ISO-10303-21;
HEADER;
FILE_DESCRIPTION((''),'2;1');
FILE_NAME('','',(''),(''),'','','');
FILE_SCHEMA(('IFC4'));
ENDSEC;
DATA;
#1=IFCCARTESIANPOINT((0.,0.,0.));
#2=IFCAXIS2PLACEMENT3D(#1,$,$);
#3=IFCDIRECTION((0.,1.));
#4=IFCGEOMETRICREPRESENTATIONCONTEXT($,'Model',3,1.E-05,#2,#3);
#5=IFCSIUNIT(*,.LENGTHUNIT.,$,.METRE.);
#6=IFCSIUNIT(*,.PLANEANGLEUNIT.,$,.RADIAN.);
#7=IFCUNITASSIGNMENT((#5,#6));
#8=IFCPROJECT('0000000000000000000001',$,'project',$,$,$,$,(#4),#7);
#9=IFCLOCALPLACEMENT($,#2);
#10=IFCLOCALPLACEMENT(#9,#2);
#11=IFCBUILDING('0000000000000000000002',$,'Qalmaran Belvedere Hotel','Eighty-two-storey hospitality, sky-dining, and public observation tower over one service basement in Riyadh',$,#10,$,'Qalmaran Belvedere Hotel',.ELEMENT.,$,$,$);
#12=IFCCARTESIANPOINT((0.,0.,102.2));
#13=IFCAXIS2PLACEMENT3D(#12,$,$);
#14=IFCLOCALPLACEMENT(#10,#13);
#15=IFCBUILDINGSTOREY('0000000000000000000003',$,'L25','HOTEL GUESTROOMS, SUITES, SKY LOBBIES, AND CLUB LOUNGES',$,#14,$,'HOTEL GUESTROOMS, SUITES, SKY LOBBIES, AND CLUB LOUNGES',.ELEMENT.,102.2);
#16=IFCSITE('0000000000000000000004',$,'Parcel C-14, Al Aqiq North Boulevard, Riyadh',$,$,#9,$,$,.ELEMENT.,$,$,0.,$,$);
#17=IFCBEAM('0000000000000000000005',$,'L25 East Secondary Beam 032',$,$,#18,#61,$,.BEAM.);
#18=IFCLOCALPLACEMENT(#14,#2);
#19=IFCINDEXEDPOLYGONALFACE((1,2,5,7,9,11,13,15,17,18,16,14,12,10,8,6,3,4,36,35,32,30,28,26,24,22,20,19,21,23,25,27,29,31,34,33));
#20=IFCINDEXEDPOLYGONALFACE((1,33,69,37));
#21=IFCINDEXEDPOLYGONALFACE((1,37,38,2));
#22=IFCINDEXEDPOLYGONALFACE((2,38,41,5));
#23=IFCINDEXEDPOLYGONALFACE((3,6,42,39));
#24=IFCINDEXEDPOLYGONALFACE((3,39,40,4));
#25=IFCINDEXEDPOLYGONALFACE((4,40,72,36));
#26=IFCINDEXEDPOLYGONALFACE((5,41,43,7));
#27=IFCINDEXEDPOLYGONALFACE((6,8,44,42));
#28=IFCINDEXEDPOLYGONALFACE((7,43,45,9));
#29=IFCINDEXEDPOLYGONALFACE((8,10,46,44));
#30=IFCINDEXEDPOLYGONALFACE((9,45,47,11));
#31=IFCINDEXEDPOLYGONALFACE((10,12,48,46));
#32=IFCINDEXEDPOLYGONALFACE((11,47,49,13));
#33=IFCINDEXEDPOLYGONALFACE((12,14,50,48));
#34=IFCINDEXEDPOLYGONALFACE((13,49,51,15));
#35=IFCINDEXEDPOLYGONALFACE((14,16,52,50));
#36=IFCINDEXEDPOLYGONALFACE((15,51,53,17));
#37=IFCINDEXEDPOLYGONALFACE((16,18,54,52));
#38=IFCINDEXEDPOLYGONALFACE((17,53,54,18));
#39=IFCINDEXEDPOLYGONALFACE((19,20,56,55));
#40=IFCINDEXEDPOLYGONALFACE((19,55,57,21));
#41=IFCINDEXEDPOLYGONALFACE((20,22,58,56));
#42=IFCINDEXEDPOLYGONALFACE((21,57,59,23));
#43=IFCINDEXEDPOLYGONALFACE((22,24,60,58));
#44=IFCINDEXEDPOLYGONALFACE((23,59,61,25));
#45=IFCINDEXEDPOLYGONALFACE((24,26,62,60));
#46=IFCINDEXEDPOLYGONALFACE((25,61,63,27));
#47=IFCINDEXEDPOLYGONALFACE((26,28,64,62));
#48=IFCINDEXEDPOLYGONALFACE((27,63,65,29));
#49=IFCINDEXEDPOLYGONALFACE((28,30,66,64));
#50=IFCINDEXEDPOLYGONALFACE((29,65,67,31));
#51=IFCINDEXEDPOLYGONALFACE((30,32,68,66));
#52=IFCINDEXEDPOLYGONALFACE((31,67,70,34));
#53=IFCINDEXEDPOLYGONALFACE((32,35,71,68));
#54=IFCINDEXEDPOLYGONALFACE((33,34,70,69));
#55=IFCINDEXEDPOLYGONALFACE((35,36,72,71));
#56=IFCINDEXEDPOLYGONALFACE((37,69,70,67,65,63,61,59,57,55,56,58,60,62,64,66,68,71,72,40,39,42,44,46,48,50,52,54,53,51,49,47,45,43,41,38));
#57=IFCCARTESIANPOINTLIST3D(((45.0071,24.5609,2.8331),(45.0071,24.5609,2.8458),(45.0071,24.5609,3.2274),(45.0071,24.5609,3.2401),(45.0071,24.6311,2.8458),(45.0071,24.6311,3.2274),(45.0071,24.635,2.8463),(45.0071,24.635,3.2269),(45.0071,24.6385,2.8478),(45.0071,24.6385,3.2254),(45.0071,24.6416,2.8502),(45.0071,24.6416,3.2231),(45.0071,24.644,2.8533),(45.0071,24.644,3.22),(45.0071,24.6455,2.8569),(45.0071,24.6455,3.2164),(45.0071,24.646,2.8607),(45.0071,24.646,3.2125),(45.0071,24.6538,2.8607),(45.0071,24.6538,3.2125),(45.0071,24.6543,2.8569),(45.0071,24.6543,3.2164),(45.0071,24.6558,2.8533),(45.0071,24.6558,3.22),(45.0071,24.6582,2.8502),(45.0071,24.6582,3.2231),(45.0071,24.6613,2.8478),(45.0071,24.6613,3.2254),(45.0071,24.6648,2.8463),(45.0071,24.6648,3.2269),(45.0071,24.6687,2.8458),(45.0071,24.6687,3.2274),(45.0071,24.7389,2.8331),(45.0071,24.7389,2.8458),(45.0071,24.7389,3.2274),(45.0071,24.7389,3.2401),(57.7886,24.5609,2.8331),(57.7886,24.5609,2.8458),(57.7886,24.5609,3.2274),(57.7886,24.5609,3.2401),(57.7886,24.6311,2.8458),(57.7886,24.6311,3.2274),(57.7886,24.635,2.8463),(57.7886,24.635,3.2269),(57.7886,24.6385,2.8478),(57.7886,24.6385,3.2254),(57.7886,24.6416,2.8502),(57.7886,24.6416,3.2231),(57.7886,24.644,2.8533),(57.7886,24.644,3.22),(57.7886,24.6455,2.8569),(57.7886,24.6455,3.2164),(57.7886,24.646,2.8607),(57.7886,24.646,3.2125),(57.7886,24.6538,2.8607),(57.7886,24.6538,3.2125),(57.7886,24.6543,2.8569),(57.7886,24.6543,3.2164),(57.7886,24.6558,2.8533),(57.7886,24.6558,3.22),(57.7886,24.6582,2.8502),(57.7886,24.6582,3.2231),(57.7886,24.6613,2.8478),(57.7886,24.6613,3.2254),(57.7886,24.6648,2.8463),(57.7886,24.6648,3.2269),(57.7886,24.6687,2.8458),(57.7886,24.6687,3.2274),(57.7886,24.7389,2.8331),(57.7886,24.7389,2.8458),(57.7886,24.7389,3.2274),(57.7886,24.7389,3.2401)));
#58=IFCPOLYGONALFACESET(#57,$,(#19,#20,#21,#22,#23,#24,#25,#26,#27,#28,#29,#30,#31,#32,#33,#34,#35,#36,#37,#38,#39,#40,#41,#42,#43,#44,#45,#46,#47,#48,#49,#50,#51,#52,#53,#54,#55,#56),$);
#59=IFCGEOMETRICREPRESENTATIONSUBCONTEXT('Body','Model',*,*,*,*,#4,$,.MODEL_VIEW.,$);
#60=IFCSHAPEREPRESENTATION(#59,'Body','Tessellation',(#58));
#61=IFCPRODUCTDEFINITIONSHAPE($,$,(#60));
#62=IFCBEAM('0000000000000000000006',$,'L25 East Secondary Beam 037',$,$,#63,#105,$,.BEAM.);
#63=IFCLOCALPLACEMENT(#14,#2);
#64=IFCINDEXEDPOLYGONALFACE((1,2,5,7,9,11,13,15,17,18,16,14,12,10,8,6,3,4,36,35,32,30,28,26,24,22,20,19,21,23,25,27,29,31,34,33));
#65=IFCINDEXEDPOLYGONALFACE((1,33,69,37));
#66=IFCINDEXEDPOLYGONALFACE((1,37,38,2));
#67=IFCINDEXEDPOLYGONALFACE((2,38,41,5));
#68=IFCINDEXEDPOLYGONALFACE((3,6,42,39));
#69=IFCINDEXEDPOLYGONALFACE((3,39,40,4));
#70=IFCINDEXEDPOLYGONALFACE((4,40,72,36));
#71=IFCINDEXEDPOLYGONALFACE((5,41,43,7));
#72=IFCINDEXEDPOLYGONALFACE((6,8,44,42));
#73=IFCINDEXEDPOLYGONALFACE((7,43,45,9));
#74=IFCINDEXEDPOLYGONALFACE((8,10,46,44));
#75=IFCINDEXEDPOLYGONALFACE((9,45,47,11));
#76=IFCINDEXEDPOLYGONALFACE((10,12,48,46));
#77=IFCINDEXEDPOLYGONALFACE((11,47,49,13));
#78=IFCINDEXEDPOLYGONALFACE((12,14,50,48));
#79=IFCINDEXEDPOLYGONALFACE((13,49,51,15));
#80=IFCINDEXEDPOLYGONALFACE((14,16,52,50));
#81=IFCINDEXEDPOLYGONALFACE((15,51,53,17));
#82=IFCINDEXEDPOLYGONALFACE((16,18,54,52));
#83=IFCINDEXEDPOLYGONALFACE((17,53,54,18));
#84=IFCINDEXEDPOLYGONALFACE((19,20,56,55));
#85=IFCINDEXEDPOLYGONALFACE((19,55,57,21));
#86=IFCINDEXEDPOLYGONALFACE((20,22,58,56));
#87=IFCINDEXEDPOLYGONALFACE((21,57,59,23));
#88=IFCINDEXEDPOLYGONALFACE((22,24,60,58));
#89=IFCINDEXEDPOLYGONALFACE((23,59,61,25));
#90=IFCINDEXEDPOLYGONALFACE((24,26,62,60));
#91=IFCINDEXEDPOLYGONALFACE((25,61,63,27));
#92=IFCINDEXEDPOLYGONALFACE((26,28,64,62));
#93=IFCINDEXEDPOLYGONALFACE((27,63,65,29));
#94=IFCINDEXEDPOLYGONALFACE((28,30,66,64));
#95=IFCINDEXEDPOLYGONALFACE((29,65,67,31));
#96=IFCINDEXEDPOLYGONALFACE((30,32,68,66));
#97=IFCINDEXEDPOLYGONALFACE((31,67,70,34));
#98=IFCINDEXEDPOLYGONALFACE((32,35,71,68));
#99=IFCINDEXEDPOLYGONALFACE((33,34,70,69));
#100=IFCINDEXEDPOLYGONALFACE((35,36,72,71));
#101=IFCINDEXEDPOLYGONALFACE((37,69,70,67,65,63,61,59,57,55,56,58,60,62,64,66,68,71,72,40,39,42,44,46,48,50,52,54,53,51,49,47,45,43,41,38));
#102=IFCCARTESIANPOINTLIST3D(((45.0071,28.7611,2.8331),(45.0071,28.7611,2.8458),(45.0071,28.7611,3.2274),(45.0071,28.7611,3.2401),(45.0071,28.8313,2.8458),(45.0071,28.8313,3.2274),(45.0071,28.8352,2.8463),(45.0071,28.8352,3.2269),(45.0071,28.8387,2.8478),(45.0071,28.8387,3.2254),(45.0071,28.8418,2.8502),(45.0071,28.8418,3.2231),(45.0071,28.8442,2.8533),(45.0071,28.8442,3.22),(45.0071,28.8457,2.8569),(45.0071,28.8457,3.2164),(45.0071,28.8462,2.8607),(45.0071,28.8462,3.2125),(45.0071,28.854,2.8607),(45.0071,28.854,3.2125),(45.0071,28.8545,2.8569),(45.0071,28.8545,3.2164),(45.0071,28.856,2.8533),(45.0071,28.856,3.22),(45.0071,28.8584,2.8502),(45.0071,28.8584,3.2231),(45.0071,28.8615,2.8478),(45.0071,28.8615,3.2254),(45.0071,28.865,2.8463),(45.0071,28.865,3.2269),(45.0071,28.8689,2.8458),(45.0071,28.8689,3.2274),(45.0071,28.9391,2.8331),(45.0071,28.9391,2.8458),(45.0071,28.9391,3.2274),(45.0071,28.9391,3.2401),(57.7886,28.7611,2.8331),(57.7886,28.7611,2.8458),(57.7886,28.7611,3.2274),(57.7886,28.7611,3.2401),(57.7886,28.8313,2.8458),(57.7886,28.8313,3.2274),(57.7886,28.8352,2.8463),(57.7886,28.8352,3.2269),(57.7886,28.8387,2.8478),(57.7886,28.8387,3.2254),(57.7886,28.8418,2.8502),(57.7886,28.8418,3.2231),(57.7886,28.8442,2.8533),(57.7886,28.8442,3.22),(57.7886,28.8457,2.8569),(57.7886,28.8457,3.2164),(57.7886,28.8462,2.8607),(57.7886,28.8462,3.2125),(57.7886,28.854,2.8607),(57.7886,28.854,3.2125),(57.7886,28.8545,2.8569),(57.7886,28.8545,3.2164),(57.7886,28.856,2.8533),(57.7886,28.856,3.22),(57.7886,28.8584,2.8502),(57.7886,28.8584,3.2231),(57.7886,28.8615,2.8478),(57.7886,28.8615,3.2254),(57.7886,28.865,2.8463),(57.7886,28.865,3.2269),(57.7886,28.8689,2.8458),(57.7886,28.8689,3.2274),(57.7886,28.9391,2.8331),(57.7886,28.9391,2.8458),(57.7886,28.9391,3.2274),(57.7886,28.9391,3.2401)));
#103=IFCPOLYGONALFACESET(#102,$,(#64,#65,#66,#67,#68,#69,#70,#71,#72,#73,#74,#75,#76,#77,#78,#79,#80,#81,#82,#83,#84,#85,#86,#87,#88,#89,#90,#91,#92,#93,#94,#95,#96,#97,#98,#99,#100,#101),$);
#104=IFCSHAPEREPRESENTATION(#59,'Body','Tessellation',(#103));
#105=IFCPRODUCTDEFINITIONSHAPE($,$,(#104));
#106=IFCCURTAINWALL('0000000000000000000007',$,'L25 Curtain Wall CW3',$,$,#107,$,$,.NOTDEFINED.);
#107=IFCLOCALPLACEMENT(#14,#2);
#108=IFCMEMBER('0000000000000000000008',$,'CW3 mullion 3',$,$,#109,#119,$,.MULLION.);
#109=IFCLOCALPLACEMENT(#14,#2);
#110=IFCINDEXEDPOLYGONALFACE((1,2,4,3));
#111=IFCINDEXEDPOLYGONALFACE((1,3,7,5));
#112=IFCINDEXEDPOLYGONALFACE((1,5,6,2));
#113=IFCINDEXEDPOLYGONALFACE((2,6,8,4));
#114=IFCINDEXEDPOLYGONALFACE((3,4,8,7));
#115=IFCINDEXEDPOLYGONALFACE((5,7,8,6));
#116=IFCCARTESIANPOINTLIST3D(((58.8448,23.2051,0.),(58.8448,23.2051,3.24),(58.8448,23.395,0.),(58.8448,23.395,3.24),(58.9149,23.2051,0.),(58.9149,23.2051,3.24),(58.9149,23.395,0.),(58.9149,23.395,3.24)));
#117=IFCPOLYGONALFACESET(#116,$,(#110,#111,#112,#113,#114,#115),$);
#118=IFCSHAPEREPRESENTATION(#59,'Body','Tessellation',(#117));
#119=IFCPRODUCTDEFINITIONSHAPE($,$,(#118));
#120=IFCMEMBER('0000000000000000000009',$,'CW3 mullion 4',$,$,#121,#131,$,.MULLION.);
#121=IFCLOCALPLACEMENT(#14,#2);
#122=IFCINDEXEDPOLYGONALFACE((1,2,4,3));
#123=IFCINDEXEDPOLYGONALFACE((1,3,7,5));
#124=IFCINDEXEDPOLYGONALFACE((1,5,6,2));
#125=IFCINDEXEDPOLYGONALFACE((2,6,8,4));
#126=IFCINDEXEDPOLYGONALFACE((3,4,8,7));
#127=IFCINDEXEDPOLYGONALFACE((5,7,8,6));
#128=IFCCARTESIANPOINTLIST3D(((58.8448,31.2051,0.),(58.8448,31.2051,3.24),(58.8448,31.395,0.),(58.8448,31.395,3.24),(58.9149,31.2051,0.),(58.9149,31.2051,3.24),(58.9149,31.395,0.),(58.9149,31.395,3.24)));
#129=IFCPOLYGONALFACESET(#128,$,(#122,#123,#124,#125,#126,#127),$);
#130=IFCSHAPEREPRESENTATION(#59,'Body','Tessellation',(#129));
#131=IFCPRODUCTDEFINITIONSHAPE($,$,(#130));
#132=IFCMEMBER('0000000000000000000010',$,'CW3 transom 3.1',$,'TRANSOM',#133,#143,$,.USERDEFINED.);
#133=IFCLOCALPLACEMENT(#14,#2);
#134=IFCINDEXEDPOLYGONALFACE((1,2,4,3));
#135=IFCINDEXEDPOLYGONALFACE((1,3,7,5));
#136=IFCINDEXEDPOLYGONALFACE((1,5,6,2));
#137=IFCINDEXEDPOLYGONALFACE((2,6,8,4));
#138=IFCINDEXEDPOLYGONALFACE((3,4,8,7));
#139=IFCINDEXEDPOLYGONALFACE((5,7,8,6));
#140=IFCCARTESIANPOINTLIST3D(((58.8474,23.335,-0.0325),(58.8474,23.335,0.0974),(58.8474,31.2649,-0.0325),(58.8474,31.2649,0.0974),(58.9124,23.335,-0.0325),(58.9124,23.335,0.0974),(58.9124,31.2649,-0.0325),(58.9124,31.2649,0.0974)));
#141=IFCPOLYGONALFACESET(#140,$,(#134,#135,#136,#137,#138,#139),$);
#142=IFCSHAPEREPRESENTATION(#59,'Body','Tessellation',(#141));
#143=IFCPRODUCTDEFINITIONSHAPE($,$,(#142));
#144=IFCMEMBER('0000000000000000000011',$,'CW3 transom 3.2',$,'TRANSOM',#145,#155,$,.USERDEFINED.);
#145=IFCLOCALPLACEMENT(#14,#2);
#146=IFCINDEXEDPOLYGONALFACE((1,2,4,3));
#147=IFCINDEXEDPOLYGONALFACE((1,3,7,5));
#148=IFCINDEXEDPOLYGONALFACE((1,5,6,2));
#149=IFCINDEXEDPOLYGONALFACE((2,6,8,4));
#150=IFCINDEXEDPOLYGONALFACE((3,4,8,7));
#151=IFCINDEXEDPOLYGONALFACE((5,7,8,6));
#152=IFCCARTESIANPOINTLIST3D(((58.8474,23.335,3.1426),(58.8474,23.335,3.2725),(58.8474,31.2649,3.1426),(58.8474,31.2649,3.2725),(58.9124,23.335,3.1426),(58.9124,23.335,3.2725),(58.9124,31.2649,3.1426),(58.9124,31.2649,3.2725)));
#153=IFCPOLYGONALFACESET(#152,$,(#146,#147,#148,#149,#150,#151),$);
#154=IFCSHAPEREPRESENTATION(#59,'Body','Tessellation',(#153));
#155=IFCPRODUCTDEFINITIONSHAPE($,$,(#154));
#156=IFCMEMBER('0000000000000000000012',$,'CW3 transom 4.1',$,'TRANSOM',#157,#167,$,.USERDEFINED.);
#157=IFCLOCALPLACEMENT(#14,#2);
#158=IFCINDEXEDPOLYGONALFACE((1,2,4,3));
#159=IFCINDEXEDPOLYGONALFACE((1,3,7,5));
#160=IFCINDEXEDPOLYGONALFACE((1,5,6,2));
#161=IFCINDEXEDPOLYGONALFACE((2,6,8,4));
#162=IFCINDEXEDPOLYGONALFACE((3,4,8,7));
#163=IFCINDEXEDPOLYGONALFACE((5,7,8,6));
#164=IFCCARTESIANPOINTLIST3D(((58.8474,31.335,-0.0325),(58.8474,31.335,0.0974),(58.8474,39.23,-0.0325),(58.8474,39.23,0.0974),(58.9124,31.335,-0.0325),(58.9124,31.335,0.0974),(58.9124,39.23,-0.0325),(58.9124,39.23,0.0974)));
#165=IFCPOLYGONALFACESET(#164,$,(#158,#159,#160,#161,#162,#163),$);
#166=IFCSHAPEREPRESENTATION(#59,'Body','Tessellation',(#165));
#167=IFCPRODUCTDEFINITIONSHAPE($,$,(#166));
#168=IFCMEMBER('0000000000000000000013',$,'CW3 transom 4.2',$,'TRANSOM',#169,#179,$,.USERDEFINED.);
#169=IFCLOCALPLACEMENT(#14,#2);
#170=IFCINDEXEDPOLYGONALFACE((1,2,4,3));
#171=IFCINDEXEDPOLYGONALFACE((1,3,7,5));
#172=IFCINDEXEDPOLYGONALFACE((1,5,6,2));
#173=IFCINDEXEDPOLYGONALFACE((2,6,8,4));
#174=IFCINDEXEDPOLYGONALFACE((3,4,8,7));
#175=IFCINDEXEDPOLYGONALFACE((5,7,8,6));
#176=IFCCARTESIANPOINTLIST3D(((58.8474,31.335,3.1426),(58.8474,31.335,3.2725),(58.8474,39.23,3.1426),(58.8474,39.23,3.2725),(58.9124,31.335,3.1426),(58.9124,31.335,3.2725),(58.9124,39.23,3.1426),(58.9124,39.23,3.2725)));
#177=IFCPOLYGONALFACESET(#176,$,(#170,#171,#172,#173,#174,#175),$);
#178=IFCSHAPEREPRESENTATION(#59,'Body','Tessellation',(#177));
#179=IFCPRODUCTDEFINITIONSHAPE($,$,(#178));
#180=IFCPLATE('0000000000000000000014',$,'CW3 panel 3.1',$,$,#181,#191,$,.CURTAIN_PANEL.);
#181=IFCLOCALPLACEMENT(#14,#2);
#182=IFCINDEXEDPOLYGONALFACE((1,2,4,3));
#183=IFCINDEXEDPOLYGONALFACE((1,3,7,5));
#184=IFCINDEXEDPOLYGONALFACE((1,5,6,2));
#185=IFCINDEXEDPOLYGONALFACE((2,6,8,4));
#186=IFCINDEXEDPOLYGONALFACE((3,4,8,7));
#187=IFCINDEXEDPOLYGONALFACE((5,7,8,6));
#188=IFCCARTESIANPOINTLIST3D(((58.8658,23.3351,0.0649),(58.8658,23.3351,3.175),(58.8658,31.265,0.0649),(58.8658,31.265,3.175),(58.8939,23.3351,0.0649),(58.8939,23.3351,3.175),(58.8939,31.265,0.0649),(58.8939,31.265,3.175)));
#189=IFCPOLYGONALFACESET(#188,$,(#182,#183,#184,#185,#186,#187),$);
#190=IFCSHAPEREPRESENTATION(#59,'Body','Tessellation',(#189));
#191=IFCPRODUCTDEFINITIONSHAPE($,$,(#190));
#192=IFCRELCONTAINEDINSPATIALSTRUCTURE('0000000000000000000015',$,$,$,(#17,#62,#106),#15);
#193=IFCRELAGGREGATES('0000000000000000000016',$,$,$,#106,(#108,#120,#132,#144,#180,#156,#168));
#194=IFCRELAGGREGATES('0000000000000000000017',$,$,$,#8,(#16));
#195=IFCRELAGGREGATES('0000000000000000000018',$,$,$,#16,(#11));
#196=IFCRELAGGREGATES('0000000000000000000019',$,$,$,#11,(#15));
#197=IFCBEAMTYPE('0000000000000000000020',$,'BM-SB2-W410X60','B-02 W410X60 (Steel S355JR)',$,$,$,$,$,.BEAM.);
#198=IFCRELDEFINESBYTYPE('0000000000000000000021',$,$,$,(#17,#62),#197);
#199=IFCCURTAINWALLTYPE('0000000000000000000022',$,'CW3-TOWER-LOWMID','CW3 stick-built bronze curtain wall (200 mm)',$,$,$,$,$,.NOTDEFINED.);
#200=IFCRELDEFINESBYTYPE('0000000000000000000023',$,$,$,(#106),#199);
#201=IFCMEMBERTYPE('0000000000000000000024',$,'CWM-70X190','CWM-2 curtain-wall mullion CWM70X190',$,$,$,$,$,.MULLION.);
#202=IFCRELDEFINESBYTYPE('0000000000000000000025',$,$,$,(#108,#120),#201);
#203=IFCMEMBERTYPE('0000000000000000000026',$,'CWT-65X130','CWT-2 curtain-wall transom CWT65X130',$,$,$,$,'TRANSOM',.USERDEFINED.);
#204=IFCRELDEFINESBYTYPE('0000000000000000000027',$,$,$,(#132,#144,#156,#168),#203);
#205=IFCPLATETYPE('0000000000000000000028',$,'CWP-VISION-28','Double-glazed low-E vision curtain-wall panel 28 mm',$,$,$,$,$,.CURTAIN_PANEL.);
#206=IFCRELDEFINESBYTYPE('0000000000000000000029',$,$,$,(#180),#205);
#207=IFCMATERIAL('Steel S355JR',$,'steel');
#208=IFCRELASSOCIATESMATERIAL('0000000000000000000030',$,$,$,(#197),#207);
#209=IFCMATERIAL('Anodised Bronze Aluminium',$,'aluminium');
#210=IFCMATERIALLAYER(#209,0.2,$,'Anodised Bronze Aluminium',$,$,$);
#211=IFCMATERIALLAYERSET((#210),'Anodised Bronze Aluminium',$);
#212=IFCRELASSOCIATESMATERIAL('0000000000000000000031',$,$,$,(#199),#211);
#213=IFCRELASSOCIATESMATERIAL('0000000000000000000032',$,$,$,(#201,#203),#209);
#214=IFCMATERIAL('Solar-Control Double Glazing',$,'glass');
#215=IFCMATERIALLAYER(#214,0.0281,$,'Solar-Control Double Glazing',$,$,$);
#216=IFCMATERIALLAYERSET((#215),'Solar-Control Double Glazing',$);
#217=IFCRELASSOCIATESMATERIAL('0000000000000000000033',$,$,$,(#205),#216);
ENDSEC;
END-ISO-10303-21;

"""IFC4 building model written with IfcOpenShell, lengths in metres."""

from ifc_helpers import new_model, si_unit, direction, frame, origin, origin_2d, place, context, subcontext, project, spatial, rectangle, i_section, extrude, material, layer, layer_set, material_profile, profile_set, type_object, element, aggregate, save


model = new_model("IFC4")

# Units and contexts
model_context = context("Model", 3, precision=1e-05, world=origin(), true_north=direction((0.0, 1.0)))
body_context = subcontext(model_context, "Body", "Model", "MODEL_VIEW")
ifc_project = project(units=[si_unit("LENGTHUNIT", "METRE"), si_unit("PLANEANGLEUNIT", "RADIAN")], contexts=[model_context])

# Site, building, storey
site_placement = place(None, origin())
site = spatial("IfcSite", under=ifc_project, at=site_placement, Name="Parcel C-14, Al Aqiq North Boulevard, Riyadh", CompositionType="ELEMENT", RefElevation=0.0)
building_placement = place(site_placement, origin())
building = spatial("IfcBuilding", under=site, at=building_placement, Name="Qalmaran Belvedere Hotel", Description="Eighty-two-storey hospitality, sky-dining, and public observation tower over one service basement in Riyadh", LongName="Qalmaran Belvedere Hotel", CompositionType="ELEMENT")
storey_placement = place(building_placement, frame((0.0, 0.0, 102.2)))
storey = spatial("IfcBuildingStorey", under=building, at=storey_placement, Name="L25", Description="HOTEL GUESTROOMS, SUITES, SKY LOBBIES, AND CLUB LOUNGES", LongName="HOTEL GUESTROOMS, SUITES, SKY LOBBIES, AND CLUB LOUNGES", CompositionType="ELEMENT", Elevation=102.2)

# Beams
ifc_material_1 = material(Name="Steel S355JR", Category="steel")
ifc_material_profile_1 = material_profile(ifc_material_1, i_section(OverallWidth=0.178, OverallDepth=0.407, WebThickness=0.0078, FlangeThickness=0.0127, FilletRadius=0.0149, at=origin_2d()), Name="W410X60")
ifc_profile_set_1 = profile_set([ifc_material_profile_1], Name="Steel S355JR")
beam_type = type_object("IfcBeamType", Name="BM-SB2-W410X60", Description="B-02 W410X60 (Steel S355JR)", PredefinedType="BEAM", material=ifc_profile_set_1)
for number, where, z_axis, x_axis, name in (
    (1, (45.0071, 24.6499, 3.0366), (1.0, 0.0, 0.0), (0.0, 1.0, 0.0), "L25 East Secondary Beam 032"),
    (2, (45.0071, 28.8501, 3.0366), (1.0, 0.0, 0.0), (0.0, 1.0, 0.0), "L25 East Secondary Beam 037"),
):
    element("IfcBeam", number, at=place(storey_placement, frame(where, z_axis=z_axis, x_axis=x_axis)), inside=storey, type_object=beam_type, Name=name, PredefinedType="BEAM", context=body_context, shape_type="SweptSolid", body=[
        extrude(i_section(OverallWidth=0.178, OverallDepth=0.407, WebThickness=0.0078, FlangeThickness=0.0127, FilletRadius=0.0149, at=origin_2d()), origin(), (0.0, 0.0, 1.0), 12.7815),
    ])

# Curtain wall, members, plate
ifc_material_2 = material(Name="Anodised Bronze Aluminium", Category="aluminium")
ifc_layer_1 = layer(ifc_material_2, 0.2, Name="Anodised Bronze Aluminium")
ifc_layer_set_1 = layer_set([ifc_layer_1], Name="Anodised Bronze Aluminium")
curtain_wall_type = type_object("IfcCurtainWallType", Name="CW3-TOWER-LOWMID", Description="CW3 stick-built bronze curtain wall (200 mm)", PredefinedType="NOTDEFINED", material=ifc_layer_set_1)
curtain_wall_placement = place(storey_placement, origin())
curtain_wall = element("IfcCurtainWall", 3, at=curtain_wall_placement, inside=storey, type_object=curtain_wall_type, Name="L25 Curtain Wall CW3", PredefinedType="NOTDEFINED")
ifc_material_profile_2 = material_profile(ifc_material_2, rectangle(XDim=0.0701, YDim=0.1899, at=origin_2d()), Name="CWM70X190")
ifc_profile_set_2 = profile_set([ifc_material_profile_2], Name="Anodised Bronze Aluminium")
member_type_1 = type_object("IfcMemberType", Name="CWM-70X190", Description="CWM-2 curtain-wall mullion CWM70X190", PredefinedType="MULLION", material=ifc_profile_set_2)
member_1_placement = place(storey_placement, frame((58.8799, 23.3, 0.0), z_axis=(0.0, 0.0, 1.0), x_axis=(-1.0, 0.0, 0.0)))
member_1 = element("IfcMember", 4, at=member_1_placement, type_object=member_type_1, Name="CW3 mullion 3", PredefinedType="MULLION", context=body_context, shape_type="SweptSolid", body=[
    extrude(rectangle(XDim=0.0701, YDim=0.1899, at=origin_2d()), origin(), (0.0, 0.0, 1.0), 3.24),
])
member_2_placement = place(storey_placement, frame((58.8799, 31.3, 0.0), z_axis=(0.0, 0.0, 1.0), x_axis=(-1.0, 0.0, 0.0)))
member_2 = element("IfcMember", 5, at=member_2_placement, type_object=member_type_1, Name="CW3 mullion 4", PredefinedType="MULLION", context=body_context, shape_type="SweptSolid", body=[
    extrude(rectangle(XDim=0.0701, YDim=0.1899, at=origin_2d()), origin(), (0.0, 0.0, 1.0), 3.24),
])
ifc_material_profile_3 = material_profile(ifc_material_2, rectangle(XDim=0.0649, YDim=0.1299, at=origin_2d()), Name="CWT65X130")
ifc_profile_set_3 = profile_set([ifc_material_profile_3], Name="Anodised Bronze Aluminium")
member_type_2 = type_object("IfcMemberType", Name="CWT-65X130", Description="CWT-2 curtain-wall transom CWT65X130", ElementType="TRANSOM", PredefinedType="USERDEFINED", material=ifc_profile_set_3)
member_3_placement = place(storey_placement, frame((58.8799, 23.335, 0.0325), z_axis=(0.0, 1.0, 0.0), x_axis=(-1.0, 0.0, 0.0)))
member_3 = element("IfcMember", 6, at=member_3_placement, type_object=member_type_2, Name="CW3 transom 3.1", ObjectType="TRANSOM", PredefinedType="USERDEFINED", context=body_context, shape_type="SweptSolid", body=[
    extrude(rectangle(XDim=0.0649, YDim=0.1299, at=origin_2d()), origin(), (0.0, 0.0, 1.0), 7.9299),
])
member_4_placement = place(storey_placement, frame((58.8799, 23.335, 3.2075), z_axis=(0.0, 1.0, 0.0), x_axis=(-1.0, 0.0, 0.0)))
member_4 = element("IfcMember", 7, at=member_4_placement, type_object=member_type_2, Name="CW3 transom 3.2", ObjectType="TRANSOM", PredefinedType="USERDEFINED", context=body_context, shape_type="SweptSolid", body=[
    extrude(rectangle(XDim=0.0649, YDim=0.1299, at=origin_2d()), origin(), (0.0, 0.0, 1.0), 7.9299),
])
member_5_placement = place(storey_placement, frame((58.8799, 31.335, 0.0325), z_axis=(0.0, 1.0, 0.0), x_axis=(-1.0, 0.0, 0.0)))
member_5 = element("IfcMember", 8, at=member_5_placement, type_object=member_type_2, Name="CW3 transom 4.1", ObjectType="TRANSOM", PredefinedType="USERDEFINED", context=body_context, shape_type="SweptSolid", body=[
    extrude(rectangle(XDim=0.0649, YDim=0.1299, at=origin_2d()), origin(), (0.0, 0.0, 1.0), 7.895),
])
member_6_placement = place(storey_placement, frame((58.8799, 31.335, 3.2075), z_axis=(0.0, 1.0, 0.0), x_axis=(-1.0, 0.0, 0.0)))
member_6 = element("IfcMember", 9, at=member_6_placement, type_object=member_type_2, Name="CW3 transom 4.2", ObjectType="TRANSOM", PredefinedType="USERDEFINED", context=body_context, shape_type="SweptSolid", body=[
    extrude(rectangle(XDim=0.0649, YDim=0.1299, at=origin_2d()), origin(), (0.0, 0.0, 1.0), 7.895),
])
ifc_material_3 = material(Name="Solar-Control Double Glazing", Category="glass")
ifc_layer_2 = layer(ifc_material_3, 0.0281, Name="Solar-Control Double Glazing")
ifc_layer_set_2 = layer_set([ifc_layer_2], Name="Solar-Control Double Glazing")
plate_type = type_object("IfcPlateType", Name="CWP-VISION-28", Description="Double-glazed low-E vision curtain-wall panel 28 mm", PredefinedType="CURTAIN_PANEL", material=ifc_layer_set_2)
plate_placement = place(storey_placement, frame((58.8799, 27.3, 0.0649), z_axis=(0.0, 0.0, 1.0), x_axis=(0.0, 1.0, 0.0)))
plate = element("IfcPlate", 10, at=plate_placement, type_object=plate_type, Name="CW3 panel 3.1", PredefinedType="CURTAIN_PANEL", context=body_context, shape_type="SweptSolid", body=[
    extrude(rectangle(XDim=7.9299, YDim=0.0281, at=origin_2d()), origin(), (0.0, 0.0, 1.0), 3.1101),
])
aggregate(curtain_wall, [member_1, member_2, member_3, member_4, plate, member_5, member_6])

save(model, "model.ifc")
